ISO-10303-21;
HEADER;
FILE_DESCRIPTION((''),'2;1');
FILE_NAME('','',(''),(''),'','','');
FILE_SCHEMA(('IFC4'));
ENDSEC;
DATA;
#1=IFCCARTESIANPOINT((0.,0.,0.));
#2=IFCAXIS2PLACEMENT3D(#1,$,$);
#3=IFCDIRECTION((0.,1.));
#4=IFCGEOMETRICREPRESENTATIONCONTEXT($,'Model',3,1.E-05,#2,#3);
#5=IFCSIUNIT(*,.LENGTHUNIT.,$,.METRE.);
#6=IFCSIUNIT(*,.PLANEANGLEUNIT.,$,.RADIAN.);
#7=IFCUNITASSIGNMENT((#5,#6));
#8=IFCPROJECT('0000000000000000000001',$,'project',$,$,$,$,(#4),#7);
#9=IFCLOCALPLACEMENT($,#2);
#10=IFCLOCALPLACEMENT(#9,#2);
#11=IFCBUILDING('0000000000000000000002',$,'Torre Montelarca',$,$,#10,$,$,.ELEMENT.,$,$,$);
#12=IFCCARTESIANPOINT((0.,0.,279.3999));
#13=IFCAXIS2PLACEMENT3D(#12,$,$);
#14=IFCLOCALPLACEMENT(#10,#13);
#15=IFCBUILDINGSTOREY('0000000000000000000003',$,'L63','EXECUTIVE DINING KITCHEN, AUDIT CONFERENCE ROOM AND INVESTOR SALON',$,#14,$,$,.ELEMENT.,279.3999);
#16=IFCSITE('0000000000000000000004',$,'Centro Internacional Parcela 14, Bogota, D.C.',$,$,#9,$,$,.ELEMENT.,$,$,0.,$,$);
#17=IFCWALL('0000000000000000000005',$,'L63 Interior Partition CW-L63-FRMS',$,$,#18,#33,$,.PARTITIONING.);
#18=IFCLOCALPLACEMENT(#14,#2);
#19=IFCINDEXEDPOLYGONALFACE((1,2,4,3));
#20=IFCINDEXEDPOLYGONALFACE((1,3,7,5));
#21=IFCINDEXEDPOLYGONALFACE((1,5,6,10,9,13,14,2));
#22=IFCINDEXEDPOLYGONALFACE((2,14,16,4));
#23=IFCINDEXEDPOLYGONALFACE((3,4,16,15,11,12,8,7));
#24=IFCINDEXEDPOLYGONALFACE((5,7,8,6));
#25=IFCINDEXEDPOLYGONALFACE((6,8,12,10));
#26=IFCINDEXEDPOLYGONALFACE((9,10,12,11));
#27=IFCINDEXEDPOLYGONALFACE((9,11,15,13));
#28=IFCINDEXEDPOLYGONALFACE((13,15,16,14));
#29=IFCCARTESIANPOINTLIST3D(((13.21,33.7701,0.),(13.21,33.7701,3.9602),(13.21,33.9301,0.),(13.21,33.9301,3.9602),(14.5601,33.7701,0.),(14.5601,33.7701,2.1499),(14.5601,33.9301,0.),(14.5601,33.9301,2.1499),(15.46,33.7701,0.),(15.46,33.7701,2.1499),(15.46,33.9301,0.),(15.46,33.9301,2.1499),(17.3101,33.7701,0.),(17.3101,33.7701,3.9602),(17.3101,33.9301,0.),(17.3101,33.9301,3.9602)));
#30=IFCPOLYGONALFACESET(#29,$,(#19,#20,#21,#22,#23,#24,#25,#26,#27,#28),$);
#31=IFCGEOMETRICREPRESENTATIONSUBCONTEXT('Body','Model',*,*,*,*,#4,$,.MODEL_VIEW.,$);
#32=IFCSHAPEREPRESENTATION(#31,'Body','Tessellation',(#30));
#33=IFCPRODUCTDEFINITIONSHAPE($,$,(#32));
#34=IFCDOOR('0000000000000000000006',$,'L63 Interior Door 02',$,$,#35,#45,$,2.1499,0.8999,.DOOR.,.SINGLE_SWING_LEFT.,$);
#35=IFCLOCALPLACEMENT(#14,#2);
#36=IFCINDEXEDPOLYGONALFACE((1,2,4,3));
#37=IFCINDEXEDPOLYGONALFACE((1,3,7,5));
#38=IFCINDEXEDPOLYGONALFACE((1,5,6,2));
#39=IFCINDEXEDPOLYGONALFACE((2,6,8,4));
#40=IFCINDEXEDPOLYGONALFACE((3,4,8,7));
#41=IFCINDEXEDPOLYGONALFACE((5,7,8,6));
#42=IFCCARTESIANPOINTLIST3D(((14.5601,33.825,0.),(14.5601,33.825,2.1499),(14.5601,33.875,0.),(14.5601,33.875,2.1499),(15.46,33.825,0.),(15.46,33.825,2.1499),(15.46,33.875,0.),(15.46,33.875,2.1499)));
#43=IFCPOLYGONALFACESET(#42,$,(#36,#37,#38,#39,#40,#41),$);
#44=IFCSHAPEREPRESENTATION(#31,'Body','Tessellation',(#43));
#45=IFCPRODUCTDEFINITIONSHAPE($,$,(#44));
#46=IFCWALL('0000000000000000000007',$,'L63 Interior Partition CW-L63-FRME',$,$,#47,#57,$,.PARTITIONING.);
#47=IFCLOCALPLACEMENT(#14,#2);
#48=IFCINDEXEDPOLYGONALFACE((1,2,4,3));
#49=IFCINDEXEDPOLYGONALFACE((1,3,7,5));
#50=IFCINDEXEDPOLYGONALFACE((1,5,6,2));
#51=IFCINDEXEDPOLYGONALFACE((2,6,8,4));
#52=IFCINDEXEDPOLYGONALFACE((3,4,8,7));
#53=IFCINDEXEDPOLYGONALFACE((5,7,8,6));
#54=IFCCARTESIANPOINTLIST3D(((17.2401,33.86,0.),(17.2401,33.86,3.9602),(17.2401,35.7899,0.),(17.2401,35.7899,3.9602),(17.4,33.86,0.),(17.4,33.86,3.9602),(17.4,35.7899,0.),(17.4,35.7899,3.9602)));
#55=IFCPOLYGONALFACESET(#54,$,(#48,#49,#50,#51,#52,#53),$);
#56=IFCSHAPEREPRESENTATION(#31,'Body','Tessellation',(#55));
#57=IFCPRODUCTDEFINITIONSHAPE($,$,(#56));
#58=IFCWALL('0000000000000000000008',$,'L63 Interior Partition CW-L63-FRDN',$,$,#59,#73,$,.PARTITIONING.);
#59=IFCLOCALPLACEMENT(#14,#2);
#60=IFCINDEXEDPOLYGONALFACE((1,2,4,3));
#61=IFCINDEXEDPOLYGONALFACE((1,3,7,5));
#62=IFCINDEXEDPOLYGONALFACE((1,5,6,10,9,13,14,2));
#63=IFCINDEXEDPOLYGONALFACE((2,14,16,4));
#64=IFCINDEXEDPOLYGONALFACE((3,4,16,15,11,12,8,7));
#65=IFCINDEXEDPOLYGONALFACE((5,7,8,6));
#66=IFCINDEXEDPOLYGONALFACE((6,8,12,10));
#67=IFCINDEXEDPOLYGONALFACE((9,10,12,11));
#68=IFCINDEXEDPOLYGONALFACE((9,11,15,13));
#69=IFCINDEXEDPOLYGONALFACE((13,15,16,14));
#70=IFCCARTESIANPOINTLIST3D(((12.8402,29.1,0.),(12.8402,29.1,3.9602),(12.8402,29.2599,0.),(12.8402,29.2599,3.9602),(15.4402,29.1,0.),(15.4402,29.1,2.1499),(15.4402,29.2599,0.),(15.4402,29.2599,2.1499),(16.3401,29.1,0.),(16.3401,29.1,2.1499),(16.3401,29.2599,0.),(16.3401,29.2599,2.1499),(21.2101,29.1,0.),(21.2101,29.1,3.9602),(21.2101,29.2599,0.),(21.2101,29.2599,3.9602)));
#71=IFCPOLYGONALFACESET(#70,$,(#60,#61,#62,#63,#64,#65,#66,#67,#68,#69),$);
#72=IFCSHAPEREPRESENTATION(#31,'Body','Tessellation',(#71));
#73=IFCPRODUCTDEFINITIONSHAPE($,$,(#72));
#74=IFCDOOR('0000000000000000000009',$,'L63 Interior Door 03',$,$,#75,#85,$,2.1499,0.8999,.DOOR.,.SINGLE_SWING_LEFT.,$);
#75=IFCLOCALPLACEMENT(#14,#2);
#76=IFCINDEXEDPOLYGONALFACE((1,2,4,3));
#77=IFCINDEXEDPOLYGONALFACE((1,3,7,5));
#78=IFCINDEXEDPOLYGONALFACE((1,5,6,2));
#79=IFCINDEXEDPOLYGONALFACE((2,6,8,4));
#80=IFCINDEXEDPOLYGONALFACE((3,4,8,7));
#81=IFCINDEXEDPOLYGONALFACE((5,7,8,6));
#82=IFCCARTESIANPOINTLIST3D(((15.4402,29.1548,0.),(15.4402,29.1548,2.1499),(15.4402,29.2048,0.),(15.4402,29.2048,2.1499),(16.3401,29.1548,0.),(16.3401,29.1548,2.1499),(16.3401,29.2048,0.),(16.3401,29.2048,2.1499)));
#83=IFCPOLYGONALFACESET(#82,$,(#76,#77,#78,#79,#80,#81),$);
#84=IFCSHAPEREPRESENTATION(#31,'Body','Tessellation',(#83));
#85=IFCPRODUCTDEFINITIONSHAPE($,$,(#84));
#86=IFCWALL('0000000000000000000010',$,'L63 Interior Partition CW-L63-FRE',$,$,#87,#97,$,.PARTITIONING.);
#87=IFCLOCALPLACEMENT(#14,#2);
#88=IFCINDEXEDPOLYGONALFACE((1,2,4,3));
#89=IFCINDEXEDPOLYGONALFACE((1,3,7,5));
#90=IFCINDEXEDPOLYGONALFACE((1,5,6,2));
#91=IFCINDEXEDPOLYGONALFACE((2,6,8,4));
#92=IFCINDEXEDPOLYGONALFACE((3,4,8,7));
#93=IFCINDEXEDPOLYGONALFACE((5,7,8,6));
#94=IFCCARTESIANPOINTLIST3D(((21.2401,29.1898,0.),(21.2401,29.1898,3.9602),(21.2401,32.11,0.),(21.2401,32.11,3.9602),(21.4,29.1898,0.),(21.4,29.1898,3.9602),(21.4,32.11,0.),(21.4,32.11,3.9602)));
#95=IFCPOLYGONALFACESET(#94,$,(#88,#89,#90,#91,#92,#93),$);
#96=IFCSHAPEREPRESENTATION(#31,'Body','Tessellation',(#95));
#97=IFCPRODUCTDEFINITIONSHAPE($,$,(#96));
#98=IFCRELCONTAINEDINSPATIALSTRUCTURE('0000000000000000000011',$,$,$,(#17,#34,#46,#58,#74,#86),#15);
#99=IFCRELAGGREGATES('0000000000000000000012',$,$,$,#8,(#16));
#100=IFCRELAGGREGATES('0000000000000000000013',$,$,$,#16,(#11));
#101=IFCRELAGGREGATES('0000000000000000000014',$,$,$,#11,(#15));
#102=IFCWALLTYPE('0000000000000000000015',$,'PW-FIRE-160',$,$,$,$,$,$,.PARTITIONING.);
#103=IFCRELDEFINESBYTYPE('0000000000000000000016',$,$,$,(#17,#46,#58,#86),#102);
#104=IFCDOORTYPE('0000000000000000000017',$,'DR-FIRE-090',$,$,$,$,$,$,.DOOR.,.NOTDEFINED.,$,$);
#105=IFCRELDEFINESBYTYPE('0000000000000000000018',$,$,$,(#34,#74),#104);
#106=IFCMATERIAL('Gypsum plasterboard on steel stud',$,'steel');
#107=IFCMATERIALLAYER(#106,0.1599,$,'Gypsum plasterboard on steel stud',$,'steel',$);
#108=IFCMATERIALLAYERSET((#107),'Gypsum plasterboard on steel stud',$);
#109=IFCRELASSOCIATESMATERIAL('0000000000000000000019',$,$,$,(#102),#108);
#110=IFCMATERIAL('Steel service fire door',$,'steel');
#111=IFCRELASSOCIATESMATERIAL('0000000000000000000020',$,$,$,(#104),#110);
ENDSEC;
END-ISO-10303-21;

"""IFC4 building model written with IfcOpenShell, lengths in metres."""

from ifc_helpers import new_model, si_unit, direction, frame, frame_2d, origin, place, context, subcontext, project, spatial, rectangle, extrude, source, transform, mapped, material, layer, layer_set, type_object, element, fill, save


model = new_model("IFC4")

# Units and contexts
model_context = context("Model", 3, precision=1e-05, world=origin(), true_north=direction((0.0, 1.0)))
body_context = subcontext(model_context, "Body", "Model", "MODEL_VIEW")
ifc_project = project(units=[si_unit("LENGTHUNIT", "METRE"), si_unit("PLANEANGLEUNIT", "RADIAN")], contexts=[model_context])

# Site, building, storey
site_placement = place(None, origin())
site = spatial("IfcSite", under=ifc_project, at=site_placement, Name="Centro Internacional Parcela 14, Bogota, D.C.", CompositionType="ELEMENT", RefElevation=0.0)
building_placement = place(site_placement, origin())
building = spatial("IfcBuilding", under=site, at=building_placement, Name="Torre Montelarca", CompositionType="ELEMENT")
storey_placement = place(building_placement, frame((0.0, 0.0, 279.3999)))
storey = spatial("IfcBuildingStorey", under=building, at=storey_placement, Name="L63", Description="EXECUTIVE DINING KITCHEN, AUDIT CONFERENCE ROOM AND INVESTOR SALON", CompositionType="ELEMENT", Elevation=279.3999)

# Shared definitions
ifc_material_1 = material(Name="Gypsum plasterboard on steel stud", Category="steel")
ifc_layer_1 = layer(ifc_material_1, 0.1599, Name="Gypsum plasterboard on steel stud", Category="steel")
ifc_layer_set_1 = layer_set([ifc_layer_1], Name="Gypsum plasterboard on steel stud")
wall_type_1 = type_object("IfcWallType", Name="PW-FIRE-160", PredefinedType="PARTITIONING", material=ifc_layer_set_1)

# Wall, opening, door
wall_1_placement = place(storey_placement, frame((13.21, 33.8501, 0.0), z_axis=(0.0, 0.0, 1.0), x_axis=(1.0, 0.0, 0.0)))
wall_1 = element("IfcWall", 1, at=wall_1_placement, inside=storey, type_object=wall_type_1, Name="L63 Interior Partition CW-L63-FRMS", PredefinedType="PARTITIONING", context=body_context, shape_type="SweptSolid", body=[
    extrude(rectangle(XDim=4.1001, YDim=0.1599, at=frame_2d((2.05, 0.0))), origin(), (0.0, 0.0, 1.0), 3.9602),
])
opening_1_placement = place(wall_1_placement, frame((1.3501, 0.0, 0.0)))
opening_1 = element("IfcOpeningElement", 2, at=opening_1_placement, cuts=wall_1, PredefinedType="OPENING", context=body_context, shape_type="SweptSolid", body=[
    extrude(rectangle(XDim=0.8999, YDim=2.1499, at=frame_2d((0.45, 1.075))), frame((0.0, 0.0898, 0.0), z_axis=(0.0, -1.0, 0.0), x_axis=(1.0, 0.0, 0.0)), (0.0, 0.0, 1.0), 0.1799),
])
ifc_material_2 = material(Name="Steel service fire door", Category="steel")
door_type_1 = type_object("IfcDoorType", Name="DR-FIRE-090", OperationType="NOTDEFINED", PredefinedType="DOOR", material=ifc_material_2)
shared_shape_1 = source(origin(), body_context, "Body", "SweptSolid", [
    extrude(rectangle(XDim=0.8999, YDim=2.1499, at=frame_2d((0.45, 1.075))), frame((0.0, 0.0249, 0.0), z_axis=(0.0, -1.0, 0.0), x_axis=(1.0, 0.0, 0.0)), (0.0, 0.0, 1.0), 0.05),
])
door_1_placement = place(opening_1_placement, origin())
door_1 = element("IfcDoor", 3, at=door_1_placement, inside=storey, type_object=door_type_1, Name="L63 Interior Door 02", OperationType="SINGLE_SWING_LEFT", OverallHeight=2.1499, OverallWidth=0.8999, PredefinedType="DOOR", context=body_context, shape_type="MappedRepresentation", body=[
    mapped(shared_shape_1, transform((0.0, 0.0, 0.0), scale=1.0)),
])
fill(opening_1, door_1)

# Wall
wall_2_placement = place(storey_placement, frame((17.3201, 33.8601, 0.0), z_axis=(0.0, 0.0, 1.0), x_axis=(0.0, 1.0, 0.0)))
element("IfcWall", 4, at=wall_2_placement, inside=storey, type_object=wall_type_1, Name="L63 Interior Partition CW-L63-FRME", PredefinedType="PARTITIONING", context=body_context, shape_type="SweptSolid", body=[
    extrude(rectangle(XDim=1.9299, YDim=0.1599, at=frame_2d((0.9648, 0.0))), origin(), (0.0, 0.0, 1.0), 3.9602),
])

# Wall, opening, door
wall_3_placement = place(storey_placement, frame((12.8401, 29.1799, 0.0), z_axis=(0.0, 0.0, 1.0), x_axis=(1.0, 0.0, 0.0)))
wall_3 = element("IfcWall", 5, at=wall_3_placement, inside=storey, type_object=wall_type_1, Name="L63 Interior Partition CW-L63-FRDN", PredefinedType="PARTITIONING", context=body_context, shape_type="SweptSolid", body=[
    extrude(rectangle(XDim=8.3699, YDim=0.1599, at=frame_2d((4.1851, 0.0))), origin(), (0.0, 0.0, 1.0), 3.9602),
])
opening_2_placement = place(wall_3_placement, frame((2.6001, 0.0, 0.0)))
opening_2 = element("IfcOpeningElement", 6, at=opening_2_placement, cuts=wall_3, PredefinedType="OPENING", context=body_context, shape_type="SweptSolid", body=[
    extrude(rectangle(XDim=0.8999, YDim=2.1499, at=frame_2d((0.45, 1.075))), frame((0.0, 0.0898, 0.0), z_axis=(0.0, -1.0, 0.0), x_axis=(1.0, 0.0, 0.0)), (0.0, 0.0, 1.0), 0.1799),
])
door_2_placement = place(opening_2_placement, origin())
door_2 = element("IfcDoor", 7, at=door_2_placement, inside=storey, type_object=door_type_1, Name="L63 Interior Door 03", OperationType="SINGLE_SWING_LEFT", OverallHeight=2.1499, OverallWidth=0.8999, PredefinedType="DOOR", context=body_context, shape_type="MappedRepresentation", body=[
    mapped(shared_shape_1, transform((0.0, 0.0, 0.0), scale=1.0)),
])
fill(opening_2, door_2)

# Wall
wall_4_placement = place(storey_placement, frame((21.3201, 29.1899, 0.0), z_axis=(0.0, 0.0, 1.0), x_axis=(0.0, 1.0, 0.0)))
element("IfcWall", 8, at=wall_4_placement, inside=storey, type_object=wall_type_1, Name="L63 Interior Partition CW-L63-FRE", PredefinedType="PARTITIONING", context=body_context, shape_type="SweptSolid", body=[
    extrude(rectangle(XDim=2.9202, YDim=0.1599, at=frame_2d((1.46, 0.0))), origin(), (0.0, 0.0, 1.0), 3.9602),
])

save(model, "model.ifc")
